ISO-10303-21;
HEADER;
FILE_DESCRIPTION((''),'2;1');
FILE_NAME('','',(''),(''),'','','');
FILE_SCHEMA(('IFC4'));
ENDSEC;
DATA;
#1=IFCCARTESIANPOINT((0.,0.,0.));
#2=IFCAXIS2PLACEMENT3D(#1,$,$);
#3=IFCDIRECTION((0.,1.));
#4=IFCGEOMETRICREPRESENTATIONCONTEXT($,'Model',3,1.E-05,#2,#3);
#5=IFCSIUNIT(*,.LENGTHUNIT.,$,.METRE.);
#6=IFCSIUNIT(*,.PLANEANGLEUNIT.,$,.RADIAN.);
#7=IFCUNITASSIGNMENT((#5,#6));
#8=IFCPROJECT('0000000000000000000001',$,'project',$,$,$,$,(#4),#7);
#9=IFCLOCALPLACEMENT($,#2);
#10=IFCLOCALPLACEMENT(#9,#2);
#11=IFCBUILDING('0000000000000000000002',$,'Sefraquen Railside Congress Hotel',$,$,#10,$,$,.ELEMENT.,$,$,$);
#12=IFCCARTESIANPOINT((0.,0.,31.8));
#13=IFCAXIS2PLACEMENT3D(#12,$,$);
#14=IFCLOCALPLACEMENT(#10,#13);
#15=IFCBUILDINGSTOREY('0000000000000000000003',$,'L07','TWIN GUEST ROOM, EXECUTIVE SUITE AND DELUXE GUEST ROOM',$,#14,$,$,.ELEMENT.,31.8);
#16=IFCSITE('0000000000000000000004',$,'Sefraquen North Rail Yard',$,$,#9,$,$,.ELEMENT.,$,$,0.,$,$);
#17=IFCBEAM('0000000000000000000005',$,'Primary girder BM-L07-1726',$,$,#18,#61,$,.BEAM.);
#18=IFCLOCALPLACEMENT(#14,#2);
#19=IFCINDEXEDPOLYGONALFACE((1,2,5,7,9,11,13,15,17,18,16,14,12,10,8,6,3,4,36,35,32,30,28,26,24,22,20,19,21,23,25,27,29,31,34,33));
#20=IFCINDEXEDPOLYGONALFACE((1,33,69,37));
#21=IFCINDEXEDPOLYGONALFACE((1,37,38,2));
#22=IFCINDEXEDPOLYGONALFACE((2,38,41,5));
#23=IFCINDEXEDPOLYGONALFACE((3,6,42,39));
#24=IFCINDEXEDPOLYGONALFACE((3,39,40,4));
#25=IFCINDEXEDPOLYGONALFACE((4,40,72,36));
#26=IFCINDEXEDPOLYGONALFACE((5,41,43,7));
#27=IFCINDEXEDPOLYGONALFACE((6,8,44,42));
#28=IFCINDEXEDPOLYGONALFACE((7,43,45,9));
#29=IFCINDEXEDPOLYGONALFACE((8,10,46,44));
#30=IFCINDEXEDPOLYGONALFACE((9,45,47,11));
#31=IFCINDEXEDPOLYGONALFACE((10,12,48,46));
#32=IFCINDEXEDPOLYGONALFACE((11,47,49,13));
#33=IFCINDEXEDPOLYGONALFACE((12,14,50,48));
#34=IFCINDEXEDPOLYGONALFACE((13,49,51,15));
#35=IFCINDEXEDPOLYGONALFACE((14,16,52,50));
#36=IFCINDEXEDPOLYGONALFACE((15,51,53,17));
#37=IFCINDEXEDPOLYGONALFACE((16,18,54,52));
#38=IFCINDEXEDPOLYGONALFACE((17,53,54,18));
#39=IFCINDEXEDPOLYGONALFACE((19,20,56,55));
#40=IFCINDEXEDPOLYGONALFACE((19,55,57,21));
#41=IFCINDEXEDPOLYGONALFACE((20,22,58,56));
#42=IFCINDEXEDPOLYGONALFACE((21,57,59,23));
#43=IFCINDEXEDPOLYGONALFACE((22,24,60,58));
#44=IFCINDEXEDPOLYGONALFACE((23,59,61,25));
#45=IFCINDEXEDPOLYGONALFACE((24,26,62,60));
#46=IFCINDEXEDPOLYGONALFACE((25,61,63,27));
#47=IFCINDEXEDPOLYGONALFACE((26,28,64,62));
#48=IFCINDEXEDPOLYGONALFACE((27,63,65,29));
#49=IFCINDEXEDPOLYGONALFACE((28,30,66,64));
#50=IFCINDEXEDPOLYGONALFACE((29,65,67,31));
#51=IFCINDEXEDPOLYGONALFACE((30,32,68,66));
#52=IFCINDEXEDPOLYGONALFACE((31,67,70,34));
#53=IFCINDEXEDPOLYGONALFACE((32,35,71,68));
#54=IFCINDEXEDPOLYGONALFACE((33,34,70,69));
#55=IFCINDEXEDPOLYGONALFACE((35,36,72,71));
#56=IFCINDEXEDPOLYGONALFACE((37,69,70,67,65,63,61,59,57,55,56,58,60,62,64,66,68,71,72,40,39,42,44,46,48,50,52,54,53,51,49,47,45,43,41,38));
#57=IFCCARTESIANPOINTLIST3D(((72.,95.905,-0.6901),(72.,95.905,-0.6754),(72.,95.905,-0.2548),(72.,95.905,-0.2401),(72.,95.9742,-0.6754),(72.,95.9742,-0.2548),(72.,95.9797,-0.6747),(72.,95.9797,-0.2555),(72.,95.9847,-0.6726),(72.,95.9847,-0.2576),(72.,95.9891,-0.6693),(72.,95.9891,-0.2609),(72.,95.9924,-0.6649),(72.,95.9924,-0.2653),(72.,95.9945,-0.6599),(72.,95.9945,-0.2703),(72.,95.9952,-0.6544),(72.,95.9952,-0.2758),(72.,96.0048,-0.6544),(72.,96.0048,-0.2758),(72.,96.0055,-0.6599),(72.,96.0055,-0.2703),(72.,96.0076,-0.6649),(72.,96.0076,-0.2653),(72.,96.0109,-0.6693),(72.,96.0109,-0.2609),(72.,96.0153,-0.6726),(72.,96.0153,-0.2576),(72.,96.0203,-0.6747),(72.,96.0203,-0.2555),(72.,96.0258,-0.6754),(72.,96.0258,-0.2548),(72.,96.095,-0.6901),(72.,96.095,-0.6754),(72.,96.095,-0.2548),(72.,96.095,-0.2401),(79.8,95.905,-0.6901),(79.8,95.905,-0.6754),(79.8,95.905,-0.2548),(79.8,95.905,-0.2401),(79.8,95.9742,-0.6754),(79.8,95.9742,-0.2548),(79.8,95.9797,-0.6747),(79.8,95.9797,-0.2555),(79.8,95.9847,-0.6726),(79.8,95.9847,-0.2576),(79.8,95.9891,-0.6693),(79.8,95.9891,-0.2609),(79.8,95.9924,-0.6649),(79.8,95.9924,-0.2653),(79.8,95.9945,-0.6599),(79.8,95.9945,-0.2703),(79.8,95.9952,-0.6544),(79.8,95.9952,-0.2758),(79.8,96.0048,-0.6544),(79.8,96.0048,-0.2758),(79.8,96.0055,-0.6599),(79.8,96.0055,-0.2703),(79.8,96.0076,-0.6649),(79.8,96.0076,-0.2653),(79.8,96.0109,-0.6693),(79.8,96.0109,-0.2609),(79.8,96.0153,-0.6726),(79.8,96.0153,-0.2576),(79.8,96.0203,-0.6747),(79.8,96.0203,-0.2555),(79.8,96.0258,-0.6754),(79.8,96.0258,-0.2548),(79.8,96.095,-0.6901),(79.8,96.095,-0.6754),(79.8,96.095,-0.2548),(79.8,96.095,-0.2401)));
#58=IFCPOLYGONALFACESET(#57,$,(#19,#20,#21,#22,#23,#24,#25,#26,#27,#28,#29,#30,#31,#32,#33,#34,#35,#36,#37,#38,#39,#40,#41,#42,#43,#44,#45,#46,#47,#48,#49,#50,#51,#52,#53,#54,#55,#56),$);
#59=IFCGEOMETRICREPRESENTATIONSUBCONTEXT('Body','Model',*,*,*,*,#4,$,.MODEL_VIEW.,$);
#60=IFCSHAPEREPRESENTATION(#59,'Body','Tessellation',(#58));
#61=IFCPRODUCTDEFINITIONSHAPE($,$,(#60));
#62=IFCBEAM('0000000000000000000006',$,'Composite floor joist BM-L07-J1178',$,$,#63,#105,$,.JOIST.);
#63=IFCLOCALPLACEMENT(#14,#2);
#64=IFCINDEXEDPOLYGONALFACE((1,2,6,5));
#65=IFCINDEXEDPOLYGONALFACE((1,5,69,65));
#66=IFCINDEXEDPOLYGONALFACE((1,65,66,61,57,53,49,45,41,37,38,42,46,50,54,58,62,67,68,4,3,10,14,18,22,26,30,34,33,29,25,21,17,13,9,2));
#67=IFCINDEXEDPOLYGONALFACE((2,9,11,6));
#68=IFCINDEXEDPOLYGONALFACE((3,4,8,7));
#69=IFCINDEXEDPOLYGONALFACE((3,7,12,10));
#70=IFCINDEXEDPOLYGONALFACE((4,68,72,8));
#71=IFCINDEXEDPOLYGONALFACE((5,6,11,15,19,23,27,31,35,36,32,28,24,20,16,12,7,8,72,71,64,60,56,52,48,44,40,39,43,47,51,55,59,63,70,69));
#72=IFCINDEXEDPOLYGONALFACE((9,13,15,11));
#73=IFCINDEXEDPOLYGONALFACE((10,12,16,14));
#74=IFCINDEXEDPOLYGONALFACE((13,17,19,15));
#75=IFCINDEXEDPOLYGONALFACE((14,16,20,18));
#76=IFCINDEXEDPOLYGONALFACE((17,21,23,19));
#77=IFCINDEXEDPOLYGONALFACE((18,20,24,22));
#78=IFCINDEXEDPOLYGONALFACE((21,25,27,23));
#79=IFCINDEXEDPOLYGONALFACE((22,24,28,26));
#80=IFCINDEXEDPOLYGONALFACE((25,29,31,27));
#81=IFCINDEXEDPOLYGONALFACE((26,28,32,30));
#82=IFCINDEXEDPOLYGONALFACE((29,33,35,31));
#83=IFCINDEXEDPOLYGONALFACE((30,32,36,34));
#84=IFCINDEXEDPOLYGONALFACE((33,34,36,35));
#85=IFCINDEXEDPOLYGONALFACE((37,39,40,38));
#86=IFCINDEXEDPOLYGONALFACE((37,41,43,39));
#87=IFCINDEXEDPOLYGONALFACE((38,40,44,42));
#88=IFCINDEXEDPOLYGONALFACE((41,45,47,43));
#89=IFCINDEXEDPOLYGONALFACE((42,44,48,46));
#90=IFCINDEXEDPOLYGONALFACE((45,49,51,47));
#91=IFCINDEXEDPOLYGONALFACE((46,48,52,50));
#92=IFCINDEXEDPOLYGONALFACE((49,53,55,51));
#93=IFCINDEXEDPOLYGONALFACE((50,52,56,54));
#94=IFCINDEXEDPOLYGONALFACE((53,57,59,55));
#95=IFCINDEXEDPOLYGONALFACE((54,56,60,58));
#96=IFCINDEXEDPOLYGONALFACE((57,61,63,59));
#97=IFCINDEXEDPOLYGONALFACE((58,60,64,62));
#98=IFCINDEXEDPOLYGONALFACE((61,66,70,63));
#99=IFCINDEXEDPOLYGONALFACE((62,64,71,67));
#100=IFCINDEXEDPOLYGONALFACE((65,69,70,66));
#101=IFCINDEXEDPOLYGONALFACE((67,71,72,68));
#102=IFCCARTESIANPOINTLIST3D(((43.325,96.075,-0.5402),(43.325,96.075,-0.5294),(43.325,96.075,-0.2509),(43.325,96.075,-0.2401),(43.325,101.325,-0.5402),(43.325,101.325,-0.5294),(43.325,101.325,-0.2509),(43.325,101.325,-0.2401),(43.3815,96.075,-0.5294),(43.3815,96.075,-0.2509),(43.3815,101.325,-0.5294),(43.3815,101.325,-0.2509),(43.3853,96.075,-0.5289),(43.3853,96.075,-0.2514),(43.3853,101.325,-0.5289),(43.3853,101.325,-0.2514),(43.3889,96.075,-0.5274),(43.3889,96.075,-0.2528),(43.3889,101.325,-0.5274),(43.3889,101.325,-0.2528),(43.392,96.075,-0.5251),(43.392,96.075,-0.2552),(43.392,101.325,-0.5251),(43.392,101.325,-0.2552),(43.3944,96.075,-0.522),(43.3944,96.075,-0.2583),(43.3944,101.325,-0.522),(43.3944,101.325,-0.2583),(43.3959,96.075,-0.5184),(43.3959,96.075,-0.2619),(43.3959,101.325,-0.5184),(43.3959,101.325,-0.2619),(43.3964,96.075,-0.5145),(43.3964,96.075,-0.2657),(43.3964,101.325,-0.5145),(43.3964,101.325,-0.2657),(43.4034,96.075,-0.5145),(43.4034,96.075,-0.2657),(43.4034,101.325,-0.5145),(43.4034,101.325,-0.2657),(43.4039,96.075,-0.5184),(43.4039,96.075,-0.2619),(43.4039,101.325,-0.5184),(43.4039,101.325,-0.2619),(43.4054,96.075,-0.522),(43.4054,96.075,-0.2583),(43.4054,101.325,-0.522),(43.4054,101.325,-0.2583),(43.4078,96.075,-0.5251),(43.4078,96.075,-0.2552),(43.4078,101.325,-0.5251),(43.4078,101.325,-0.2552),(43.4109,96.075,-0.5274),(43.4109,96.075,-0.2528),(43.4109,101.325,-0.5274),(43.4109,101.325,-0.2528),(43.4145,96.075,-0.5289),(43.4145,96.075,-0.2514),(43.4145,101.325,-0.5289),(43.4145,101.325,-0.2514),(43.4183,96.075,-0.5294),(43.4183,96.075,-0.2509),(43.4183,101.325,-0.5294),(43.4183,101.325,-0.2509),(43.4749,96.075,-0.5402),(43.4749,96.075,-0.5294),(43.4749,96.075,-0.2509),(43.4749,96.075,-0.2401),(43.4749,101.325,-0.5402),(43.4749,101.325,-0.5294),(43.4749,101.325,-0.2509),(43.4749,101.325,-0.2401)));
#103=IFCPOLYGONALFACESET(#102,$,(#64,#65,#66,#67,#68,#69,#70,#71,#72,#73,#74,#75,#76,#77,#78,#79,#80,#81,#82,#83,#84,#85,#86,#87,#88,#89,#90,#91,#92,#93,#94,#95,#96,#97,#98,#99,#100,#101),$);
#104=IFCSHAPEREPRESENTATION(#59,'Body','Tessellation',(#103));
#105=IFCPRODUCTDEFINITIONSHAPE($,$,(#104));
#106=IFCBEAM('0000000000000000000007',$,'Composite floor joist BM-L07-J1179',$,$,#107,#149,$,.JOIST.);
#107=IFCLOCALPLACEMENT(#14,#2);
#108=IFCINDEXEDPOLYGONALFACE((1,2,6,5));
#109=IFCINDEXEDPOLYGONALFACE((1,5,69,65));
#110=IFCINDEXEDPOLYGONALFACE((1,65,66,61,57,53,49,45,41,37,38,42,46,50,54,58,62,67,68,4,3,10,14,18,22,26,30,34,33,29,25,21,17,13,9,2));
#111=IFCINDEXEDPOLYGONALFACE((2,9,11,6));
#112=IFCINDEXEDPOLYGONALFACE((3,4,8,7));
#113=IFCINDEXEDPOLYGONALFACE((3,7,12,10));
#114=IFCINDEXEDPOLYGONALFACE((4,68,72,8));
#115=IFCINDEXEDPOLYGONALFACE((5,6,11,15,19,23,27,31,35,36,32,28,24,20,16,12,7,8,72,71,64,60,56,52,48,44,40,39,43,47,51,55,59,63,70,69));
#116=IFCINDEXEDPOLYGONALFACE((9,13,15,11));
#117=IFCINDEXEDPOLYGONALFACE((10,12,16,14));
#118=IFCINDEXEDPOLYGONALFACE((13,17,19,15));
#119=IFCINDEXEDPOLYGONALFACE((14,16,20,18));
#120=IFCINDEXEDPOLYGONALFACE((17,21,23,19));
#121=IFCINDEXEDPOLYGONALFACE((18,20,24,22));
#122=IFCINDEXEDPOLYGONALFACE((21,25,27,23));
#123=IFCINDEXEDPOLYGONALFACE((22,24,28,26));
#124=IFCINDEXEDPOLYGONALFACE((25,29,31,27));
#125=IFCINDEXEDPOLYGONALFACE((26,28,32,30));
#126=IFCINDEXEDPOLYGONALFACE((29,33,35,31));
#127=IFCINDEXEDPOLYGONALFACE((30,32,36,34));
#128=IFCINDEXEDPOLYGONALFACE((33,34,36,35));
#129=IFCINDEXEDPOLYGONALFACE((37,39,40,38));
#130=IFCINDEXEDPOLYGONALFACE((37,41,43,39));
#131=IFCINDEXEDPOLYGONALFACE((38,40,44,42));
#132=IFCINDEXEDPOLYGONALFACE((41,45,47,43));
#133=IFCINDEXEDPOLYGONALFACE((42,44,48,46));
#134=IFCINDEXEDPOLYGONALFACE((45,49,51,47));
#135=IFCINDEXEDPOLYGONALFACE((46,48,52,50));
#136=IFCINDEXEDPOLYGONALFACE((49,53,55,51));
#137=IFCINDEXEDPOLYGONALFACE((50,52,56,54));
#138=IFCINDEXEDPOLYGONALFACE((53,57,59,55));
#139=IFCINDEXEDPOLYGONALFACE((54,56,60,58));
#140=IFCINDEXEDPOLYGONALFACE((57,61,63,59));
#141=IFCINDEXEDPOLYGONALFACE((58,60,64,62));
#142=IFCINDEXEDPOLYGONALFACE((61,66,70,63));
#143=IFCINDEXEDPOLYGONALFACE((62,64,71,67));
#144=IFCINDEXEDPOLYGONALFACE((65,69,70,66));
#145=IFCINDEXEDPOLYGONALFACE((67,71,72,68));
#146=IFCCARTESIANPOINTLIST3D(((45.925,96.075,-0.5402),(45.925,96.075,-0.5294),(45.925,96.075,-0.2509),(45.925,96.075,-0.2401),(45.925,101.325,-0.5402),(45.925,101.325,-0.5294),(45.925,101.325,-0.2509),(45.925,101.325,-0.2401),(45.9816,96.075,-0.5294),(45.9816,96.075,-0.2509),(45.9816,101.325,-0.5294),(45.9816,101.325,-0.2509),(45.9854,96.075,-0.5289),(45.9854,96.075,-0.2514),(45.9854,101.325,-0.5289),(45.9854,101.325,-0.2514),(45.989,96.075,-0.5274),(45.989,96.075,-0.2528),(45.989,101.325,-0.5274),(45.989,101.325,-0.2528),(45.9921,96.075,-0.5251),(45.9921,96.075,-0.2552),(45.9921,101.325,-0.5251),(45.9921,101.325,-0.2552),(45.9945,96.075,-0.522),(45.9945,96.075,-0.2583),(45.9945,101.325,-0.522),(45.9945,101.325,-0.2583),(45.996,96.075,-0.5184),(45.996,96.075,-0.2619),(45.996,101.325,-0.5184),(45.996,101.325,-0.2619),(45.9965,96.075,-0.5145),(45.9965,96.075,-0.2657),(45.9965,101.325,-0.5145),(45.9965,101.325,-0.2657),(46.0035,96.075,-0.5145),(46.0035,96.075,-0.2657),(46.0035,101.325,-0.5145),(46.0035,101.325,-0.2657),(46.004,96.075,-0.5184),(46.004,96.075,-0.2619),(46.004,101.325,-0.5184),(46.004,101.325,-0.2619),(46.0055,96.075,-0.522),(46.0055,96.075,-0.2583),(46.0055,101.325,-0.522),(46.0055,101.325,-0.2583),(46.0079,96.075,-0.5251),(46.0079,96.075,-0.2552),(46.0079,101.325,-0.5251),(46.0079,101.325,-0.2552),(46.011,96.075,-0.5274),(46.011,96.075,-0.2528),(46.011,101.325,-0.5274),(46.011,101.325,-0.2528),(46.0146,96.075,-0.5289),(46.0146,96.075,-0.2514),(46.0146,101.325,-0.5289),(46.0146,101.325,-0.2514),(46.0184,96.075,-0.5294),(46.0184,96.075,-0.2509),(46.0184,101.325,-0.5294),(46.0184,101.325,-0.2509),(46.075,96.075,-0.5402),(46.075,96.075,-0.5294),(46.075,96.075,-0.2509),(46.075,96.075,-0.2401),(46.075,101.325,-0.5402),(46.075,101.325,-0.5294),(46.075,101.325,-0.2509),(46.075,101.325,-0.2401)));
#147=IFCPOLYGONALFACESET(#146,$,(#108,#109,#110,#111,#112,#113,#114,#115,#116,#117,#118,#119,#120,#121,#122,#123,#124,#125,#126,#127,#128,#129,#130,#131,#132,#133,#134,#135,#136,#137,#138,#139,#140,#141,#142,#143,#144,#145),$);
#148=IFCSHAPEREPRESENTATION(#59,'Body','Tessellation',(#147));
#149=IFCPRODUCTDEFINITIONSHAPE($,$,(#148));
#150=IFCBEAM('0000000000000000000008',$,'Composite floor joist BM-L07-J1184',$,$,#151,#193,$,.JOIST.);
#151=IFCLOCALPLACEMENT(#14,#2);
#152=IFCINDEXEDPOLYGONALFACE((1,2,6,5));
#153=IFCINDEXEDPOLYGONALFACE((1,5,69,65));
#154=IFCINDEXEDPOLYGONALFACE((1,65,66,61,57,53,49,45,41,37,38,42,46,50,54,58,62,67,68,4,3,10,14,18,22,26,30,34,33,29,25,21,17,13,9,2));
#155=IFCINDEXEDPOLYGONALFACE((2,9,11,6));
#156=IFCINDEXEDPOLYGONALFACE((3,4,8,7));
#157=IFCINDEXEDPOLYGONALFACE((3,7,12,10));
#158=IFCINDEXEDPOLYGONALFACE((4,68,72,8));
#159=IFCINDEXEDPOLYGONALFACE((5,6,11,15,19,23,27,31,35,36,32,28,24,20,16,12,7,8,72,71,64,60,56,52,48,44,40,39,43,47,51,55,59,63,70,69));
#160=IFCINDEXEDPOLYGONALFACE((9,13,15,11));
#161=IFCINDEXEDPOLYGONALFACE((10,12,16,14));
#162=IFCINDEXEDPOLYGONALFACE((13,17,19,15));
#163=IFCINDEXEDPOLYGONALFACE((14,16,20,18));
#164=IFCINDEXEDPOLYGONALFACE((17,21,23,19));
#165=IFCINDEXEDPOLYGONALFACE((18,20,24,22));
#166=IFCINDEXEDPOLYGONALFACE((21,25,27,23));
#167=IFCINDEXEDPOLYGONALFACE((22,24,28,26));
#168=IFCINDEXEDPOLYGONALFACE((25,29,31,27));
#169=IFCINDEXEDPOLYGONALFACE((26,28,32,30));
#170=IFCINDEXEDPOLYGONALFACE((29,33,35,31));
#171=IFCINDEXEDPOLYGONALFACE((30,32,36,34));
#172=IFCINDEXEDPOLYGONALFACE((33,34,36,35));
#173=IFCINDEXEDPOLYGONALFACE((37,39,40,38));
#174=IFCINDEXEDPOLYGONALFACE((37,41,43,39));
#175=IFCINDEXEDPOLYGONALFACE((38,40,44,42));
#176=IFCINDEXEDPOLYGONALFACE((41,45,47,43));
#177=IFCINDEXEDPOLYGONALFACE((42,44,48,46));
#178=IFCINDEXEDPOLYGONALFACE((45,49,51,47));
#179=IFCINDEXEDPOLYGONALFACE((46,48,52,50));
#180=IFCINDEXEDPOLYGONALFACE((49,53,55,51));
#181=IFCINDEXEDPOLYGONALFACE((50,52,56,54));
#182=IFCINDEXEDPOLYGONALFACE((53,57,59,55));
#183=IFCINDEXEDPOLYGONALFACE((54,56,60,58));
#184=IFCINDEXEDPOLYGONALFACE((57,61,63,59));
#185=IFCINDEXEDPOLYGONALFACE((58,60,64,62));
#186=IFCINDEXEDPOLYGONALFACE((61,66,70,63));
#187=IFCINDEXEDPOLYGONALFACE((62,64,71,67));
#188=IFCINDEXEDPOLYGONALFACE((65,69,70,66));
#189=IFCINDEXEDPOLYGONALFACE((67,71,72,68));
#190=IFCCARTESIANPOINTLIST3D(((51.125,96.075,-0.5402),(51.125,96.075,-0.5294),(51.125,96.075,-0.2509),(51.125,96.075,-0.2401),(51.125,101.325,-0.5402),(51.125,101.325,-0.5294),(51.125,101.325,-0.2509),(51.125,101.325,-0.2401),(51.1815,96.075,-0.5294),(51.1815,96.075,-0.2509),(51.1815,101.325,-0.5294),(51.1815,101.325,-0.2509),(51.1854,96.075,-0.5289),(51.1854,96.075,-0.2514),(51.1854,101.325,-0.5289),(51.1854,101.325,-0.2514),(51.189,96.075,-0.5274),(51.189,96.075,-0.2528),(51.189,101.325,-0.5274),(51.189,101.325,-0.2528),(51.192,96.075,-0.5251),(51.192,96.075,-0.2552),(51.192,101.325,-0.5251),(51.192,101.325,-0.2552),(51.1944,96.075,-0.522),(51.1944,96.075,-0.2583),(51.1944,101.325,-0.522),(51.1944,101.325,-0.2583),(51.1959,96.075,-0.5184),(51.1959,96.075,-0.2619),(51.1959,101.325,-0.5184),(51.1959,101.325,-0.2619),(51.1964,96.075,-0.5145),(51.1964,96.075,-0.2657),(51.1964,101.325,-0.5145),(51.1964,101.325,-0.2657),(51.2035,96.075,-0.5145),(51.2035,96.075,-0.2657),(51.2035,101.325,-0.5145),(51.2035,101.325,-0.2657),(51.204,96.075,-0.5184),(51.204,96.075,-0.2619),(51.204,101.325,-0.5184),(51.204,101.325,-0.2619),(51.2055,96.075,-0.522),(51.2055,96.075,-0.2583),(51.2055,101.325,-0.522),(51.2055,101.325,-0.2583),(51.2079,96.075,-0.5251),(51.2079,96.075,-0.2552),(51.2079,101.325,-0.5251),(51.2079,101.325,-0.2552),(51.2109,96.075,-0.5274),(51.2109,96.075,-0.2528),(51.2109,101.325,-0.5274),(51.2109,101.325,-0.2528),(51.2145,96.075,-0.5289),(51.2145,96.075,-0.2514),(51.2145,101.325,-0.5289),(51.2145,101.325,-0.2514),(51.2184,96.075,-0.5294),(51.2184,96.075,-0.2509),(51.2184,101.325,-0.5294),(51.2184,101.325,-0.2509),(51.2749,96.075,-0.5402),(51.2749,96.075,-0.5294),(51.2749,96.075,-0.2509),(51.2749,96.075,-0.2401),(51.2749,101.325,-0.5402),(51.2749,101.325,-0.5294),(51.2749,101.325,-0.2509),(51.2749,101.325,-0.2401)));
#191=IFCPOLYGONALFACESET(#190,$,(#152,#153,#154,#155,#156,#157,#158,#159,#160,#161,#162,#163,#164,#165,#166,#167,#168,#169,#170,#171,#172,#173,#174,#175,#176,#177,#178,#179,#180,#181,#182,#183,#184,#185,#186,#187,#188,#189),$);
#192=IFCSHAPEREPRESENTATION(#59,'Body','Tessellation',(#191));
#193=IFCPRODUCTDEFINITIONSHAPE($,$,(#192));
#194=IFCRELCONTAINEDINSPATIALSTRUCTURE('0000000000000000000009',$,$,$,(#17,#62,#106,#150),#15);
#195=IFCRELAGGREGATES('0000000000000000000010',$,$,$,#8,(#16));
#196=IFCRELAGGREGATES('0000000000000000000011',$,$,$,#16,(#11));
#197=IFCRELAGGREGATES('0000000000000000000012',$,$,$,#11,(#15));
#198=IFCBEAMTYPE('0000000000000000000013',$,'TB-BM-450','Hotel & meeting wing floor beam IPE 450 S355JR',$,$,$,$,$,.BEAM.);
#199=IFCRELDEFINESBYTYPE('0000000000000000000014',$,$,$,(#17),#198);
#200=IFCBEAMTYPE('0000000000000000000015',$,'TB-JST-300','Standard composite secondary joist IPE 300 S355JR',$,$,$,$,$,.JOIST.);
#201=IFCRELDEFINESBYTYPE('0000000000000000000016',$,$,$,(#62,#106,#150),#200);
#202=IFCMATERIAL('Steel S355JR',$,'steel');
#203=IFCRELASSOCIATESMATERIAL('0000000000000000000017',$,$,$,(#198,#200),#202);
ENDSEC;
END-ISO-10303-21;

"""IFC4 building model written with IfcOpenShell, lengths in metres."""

from ifc_helpers import new_model, si_unit, direction, frame, origin, origin_2d, place, context, subcontext, project, spatial, i_section, extrude, material, material_profile, profile_set, type_object, element, save


model = new_model("IFC4")

# Units and contexts
model_context = context("Model", 3, precision=1e-05, world=origin(), true_north=direction((0.0, 1.0)))
body_context = subcontext(model_context, "Body", "Model", "MODEL_VIEW")
ifc_project = project(units=[si_unit("LENGTHUNIT", "METRE"), si_unit("PLANEANGLEUNIT", "RADIAN")], contexts=[model_context])

# Site, building, storey
site_placement = place(None, origin())
site = spatial("IfcSite", under=ifc_project, at=site_placement, Name="Sefraquen North Rail Yard", CompositionType="ELEMENT", RefElevation=0.0)
building_placement = place(site_placement, origin())
building = spatial("IfcBuilding", under=site, at=building_placement, Name="Sefraquen Railside Congress Hotel", CompositionType="ELEMENT")
storey_placement = place(building_placement, frame((0.0, 0.0, 31.8)))
storey = spatial("IfcBuildingStorey", under=building, at=storey_placement, Name="L07", Description="TWIN GUEST ROOM, EXECUTIVE SUITE AND DELUXE GUEST ROOM", CompositionType="ELEMENT", Elevation=31.8)

# Shared definitions
ifc_material_1 = material(Name="Steel S355JR", Category="steel")

# Beams
ifc_material_profile_1 = material_profile(ifc_material_1, i_section(OverallWidth=0.1899, OverallDepth=0.45, WebThickness=0.0095, FlangeThickness=0.0146, FilletRadius=0.021, at=origin_2d()), Name="IPE 450")
ifc_profile_set_1 = profile_set([ifc_material_profile_1], Name="Steel S355JR")
beam_type_1 = type_object("IfcBeamType", Name="TB-BM-450", Description="Hotel & meeting wing floor beam IPE 450 S355JR", PredefinedType="BEAM", material=ifc_profile_set_1)
for number, where, z_axis, x_axis, name in (
    (1, (72.0, 96.0, -0.4651), (1.0, 0.0, 0.0), (0.0, 1.0, 0.0), "Primary girder BM-L07-1726"),
):
    element("IfcBeam", number, at=place(storey_placement, frame(where, z_axis=z_axis, x_axis=x_axis)), inside=storey, type_object=beam_type_1, Name=name, PredefinedType="BEAM", context=body_context, shape_type="SweptSolid", body=[
        extrude(i_section(OverallWidth=0.1899, OverallDepth=0.45, WebThickness=0.0095, FlangeThickness=0.0146, FilletRadius=0.021, at=origin_2d()), origin(), (0.0, 0.0, 1.0), 7.8),
    ])
ifc_material_profile_2 = material_profile(ifc_material_1, i_section(OverallWidth=0.1499, OverallDepth=0.3, WebThickness=0.0071, FlangeThickness=0.0107, FilletRadius=0.0149, at=origin_2d()), Name="IPE 300")
ifc_profile_set_2 = profile_set([ifc_material_profile_2], Name="Steel S355JR")
beam_type_2 = type_object("IfcBeamType", Name="TB-JST-300", Description="Standard composite secondary joist IPE 300 S355JR", PredefinedType="JOIST", material=ifc_profile_set_2)
for number, where, z_axis, x_axis, name in (
    (2, (43.3999, 96.075, -0.3901), (0.0, 1.0, 0.0), (-1.0, 0.0, 0.0), "Composite floor joist BM-L07-J1178"),
    (3, (46.0, 96.075, -0.3901), (0.0, 1.0, 0.0), (-1.0, 0.0, 0.0), "Composite floor joist BM-L07-J1179"),
    (4, (51.2, 96.075, -0.3901), (0.0, 1.0, 0.0), (-1.0, 0.0, 0.0), "Composite floor joist BM-L07-J1184"),
):
    element("IfcBeam", number, at=place(storey_placement, frame(where, z_axis=z_axis, x_axis=x_axis)), inside=storey, type_object=beam_type_2, Name=name, PredefinedType="JOIST", context=body_context, shape_type="SweptSolid", body=[
        extrude(i_section(OverallWidth=0.1499, OverallDepth=0.3, WebThickness=0.0071, FlangeThickness=0.0107, FilletRadius=0.0149, at=origin_2d()), origin(), (0.0, 0.0, 1.0), 5.25),
    ])

save(model, "model.ifc")
